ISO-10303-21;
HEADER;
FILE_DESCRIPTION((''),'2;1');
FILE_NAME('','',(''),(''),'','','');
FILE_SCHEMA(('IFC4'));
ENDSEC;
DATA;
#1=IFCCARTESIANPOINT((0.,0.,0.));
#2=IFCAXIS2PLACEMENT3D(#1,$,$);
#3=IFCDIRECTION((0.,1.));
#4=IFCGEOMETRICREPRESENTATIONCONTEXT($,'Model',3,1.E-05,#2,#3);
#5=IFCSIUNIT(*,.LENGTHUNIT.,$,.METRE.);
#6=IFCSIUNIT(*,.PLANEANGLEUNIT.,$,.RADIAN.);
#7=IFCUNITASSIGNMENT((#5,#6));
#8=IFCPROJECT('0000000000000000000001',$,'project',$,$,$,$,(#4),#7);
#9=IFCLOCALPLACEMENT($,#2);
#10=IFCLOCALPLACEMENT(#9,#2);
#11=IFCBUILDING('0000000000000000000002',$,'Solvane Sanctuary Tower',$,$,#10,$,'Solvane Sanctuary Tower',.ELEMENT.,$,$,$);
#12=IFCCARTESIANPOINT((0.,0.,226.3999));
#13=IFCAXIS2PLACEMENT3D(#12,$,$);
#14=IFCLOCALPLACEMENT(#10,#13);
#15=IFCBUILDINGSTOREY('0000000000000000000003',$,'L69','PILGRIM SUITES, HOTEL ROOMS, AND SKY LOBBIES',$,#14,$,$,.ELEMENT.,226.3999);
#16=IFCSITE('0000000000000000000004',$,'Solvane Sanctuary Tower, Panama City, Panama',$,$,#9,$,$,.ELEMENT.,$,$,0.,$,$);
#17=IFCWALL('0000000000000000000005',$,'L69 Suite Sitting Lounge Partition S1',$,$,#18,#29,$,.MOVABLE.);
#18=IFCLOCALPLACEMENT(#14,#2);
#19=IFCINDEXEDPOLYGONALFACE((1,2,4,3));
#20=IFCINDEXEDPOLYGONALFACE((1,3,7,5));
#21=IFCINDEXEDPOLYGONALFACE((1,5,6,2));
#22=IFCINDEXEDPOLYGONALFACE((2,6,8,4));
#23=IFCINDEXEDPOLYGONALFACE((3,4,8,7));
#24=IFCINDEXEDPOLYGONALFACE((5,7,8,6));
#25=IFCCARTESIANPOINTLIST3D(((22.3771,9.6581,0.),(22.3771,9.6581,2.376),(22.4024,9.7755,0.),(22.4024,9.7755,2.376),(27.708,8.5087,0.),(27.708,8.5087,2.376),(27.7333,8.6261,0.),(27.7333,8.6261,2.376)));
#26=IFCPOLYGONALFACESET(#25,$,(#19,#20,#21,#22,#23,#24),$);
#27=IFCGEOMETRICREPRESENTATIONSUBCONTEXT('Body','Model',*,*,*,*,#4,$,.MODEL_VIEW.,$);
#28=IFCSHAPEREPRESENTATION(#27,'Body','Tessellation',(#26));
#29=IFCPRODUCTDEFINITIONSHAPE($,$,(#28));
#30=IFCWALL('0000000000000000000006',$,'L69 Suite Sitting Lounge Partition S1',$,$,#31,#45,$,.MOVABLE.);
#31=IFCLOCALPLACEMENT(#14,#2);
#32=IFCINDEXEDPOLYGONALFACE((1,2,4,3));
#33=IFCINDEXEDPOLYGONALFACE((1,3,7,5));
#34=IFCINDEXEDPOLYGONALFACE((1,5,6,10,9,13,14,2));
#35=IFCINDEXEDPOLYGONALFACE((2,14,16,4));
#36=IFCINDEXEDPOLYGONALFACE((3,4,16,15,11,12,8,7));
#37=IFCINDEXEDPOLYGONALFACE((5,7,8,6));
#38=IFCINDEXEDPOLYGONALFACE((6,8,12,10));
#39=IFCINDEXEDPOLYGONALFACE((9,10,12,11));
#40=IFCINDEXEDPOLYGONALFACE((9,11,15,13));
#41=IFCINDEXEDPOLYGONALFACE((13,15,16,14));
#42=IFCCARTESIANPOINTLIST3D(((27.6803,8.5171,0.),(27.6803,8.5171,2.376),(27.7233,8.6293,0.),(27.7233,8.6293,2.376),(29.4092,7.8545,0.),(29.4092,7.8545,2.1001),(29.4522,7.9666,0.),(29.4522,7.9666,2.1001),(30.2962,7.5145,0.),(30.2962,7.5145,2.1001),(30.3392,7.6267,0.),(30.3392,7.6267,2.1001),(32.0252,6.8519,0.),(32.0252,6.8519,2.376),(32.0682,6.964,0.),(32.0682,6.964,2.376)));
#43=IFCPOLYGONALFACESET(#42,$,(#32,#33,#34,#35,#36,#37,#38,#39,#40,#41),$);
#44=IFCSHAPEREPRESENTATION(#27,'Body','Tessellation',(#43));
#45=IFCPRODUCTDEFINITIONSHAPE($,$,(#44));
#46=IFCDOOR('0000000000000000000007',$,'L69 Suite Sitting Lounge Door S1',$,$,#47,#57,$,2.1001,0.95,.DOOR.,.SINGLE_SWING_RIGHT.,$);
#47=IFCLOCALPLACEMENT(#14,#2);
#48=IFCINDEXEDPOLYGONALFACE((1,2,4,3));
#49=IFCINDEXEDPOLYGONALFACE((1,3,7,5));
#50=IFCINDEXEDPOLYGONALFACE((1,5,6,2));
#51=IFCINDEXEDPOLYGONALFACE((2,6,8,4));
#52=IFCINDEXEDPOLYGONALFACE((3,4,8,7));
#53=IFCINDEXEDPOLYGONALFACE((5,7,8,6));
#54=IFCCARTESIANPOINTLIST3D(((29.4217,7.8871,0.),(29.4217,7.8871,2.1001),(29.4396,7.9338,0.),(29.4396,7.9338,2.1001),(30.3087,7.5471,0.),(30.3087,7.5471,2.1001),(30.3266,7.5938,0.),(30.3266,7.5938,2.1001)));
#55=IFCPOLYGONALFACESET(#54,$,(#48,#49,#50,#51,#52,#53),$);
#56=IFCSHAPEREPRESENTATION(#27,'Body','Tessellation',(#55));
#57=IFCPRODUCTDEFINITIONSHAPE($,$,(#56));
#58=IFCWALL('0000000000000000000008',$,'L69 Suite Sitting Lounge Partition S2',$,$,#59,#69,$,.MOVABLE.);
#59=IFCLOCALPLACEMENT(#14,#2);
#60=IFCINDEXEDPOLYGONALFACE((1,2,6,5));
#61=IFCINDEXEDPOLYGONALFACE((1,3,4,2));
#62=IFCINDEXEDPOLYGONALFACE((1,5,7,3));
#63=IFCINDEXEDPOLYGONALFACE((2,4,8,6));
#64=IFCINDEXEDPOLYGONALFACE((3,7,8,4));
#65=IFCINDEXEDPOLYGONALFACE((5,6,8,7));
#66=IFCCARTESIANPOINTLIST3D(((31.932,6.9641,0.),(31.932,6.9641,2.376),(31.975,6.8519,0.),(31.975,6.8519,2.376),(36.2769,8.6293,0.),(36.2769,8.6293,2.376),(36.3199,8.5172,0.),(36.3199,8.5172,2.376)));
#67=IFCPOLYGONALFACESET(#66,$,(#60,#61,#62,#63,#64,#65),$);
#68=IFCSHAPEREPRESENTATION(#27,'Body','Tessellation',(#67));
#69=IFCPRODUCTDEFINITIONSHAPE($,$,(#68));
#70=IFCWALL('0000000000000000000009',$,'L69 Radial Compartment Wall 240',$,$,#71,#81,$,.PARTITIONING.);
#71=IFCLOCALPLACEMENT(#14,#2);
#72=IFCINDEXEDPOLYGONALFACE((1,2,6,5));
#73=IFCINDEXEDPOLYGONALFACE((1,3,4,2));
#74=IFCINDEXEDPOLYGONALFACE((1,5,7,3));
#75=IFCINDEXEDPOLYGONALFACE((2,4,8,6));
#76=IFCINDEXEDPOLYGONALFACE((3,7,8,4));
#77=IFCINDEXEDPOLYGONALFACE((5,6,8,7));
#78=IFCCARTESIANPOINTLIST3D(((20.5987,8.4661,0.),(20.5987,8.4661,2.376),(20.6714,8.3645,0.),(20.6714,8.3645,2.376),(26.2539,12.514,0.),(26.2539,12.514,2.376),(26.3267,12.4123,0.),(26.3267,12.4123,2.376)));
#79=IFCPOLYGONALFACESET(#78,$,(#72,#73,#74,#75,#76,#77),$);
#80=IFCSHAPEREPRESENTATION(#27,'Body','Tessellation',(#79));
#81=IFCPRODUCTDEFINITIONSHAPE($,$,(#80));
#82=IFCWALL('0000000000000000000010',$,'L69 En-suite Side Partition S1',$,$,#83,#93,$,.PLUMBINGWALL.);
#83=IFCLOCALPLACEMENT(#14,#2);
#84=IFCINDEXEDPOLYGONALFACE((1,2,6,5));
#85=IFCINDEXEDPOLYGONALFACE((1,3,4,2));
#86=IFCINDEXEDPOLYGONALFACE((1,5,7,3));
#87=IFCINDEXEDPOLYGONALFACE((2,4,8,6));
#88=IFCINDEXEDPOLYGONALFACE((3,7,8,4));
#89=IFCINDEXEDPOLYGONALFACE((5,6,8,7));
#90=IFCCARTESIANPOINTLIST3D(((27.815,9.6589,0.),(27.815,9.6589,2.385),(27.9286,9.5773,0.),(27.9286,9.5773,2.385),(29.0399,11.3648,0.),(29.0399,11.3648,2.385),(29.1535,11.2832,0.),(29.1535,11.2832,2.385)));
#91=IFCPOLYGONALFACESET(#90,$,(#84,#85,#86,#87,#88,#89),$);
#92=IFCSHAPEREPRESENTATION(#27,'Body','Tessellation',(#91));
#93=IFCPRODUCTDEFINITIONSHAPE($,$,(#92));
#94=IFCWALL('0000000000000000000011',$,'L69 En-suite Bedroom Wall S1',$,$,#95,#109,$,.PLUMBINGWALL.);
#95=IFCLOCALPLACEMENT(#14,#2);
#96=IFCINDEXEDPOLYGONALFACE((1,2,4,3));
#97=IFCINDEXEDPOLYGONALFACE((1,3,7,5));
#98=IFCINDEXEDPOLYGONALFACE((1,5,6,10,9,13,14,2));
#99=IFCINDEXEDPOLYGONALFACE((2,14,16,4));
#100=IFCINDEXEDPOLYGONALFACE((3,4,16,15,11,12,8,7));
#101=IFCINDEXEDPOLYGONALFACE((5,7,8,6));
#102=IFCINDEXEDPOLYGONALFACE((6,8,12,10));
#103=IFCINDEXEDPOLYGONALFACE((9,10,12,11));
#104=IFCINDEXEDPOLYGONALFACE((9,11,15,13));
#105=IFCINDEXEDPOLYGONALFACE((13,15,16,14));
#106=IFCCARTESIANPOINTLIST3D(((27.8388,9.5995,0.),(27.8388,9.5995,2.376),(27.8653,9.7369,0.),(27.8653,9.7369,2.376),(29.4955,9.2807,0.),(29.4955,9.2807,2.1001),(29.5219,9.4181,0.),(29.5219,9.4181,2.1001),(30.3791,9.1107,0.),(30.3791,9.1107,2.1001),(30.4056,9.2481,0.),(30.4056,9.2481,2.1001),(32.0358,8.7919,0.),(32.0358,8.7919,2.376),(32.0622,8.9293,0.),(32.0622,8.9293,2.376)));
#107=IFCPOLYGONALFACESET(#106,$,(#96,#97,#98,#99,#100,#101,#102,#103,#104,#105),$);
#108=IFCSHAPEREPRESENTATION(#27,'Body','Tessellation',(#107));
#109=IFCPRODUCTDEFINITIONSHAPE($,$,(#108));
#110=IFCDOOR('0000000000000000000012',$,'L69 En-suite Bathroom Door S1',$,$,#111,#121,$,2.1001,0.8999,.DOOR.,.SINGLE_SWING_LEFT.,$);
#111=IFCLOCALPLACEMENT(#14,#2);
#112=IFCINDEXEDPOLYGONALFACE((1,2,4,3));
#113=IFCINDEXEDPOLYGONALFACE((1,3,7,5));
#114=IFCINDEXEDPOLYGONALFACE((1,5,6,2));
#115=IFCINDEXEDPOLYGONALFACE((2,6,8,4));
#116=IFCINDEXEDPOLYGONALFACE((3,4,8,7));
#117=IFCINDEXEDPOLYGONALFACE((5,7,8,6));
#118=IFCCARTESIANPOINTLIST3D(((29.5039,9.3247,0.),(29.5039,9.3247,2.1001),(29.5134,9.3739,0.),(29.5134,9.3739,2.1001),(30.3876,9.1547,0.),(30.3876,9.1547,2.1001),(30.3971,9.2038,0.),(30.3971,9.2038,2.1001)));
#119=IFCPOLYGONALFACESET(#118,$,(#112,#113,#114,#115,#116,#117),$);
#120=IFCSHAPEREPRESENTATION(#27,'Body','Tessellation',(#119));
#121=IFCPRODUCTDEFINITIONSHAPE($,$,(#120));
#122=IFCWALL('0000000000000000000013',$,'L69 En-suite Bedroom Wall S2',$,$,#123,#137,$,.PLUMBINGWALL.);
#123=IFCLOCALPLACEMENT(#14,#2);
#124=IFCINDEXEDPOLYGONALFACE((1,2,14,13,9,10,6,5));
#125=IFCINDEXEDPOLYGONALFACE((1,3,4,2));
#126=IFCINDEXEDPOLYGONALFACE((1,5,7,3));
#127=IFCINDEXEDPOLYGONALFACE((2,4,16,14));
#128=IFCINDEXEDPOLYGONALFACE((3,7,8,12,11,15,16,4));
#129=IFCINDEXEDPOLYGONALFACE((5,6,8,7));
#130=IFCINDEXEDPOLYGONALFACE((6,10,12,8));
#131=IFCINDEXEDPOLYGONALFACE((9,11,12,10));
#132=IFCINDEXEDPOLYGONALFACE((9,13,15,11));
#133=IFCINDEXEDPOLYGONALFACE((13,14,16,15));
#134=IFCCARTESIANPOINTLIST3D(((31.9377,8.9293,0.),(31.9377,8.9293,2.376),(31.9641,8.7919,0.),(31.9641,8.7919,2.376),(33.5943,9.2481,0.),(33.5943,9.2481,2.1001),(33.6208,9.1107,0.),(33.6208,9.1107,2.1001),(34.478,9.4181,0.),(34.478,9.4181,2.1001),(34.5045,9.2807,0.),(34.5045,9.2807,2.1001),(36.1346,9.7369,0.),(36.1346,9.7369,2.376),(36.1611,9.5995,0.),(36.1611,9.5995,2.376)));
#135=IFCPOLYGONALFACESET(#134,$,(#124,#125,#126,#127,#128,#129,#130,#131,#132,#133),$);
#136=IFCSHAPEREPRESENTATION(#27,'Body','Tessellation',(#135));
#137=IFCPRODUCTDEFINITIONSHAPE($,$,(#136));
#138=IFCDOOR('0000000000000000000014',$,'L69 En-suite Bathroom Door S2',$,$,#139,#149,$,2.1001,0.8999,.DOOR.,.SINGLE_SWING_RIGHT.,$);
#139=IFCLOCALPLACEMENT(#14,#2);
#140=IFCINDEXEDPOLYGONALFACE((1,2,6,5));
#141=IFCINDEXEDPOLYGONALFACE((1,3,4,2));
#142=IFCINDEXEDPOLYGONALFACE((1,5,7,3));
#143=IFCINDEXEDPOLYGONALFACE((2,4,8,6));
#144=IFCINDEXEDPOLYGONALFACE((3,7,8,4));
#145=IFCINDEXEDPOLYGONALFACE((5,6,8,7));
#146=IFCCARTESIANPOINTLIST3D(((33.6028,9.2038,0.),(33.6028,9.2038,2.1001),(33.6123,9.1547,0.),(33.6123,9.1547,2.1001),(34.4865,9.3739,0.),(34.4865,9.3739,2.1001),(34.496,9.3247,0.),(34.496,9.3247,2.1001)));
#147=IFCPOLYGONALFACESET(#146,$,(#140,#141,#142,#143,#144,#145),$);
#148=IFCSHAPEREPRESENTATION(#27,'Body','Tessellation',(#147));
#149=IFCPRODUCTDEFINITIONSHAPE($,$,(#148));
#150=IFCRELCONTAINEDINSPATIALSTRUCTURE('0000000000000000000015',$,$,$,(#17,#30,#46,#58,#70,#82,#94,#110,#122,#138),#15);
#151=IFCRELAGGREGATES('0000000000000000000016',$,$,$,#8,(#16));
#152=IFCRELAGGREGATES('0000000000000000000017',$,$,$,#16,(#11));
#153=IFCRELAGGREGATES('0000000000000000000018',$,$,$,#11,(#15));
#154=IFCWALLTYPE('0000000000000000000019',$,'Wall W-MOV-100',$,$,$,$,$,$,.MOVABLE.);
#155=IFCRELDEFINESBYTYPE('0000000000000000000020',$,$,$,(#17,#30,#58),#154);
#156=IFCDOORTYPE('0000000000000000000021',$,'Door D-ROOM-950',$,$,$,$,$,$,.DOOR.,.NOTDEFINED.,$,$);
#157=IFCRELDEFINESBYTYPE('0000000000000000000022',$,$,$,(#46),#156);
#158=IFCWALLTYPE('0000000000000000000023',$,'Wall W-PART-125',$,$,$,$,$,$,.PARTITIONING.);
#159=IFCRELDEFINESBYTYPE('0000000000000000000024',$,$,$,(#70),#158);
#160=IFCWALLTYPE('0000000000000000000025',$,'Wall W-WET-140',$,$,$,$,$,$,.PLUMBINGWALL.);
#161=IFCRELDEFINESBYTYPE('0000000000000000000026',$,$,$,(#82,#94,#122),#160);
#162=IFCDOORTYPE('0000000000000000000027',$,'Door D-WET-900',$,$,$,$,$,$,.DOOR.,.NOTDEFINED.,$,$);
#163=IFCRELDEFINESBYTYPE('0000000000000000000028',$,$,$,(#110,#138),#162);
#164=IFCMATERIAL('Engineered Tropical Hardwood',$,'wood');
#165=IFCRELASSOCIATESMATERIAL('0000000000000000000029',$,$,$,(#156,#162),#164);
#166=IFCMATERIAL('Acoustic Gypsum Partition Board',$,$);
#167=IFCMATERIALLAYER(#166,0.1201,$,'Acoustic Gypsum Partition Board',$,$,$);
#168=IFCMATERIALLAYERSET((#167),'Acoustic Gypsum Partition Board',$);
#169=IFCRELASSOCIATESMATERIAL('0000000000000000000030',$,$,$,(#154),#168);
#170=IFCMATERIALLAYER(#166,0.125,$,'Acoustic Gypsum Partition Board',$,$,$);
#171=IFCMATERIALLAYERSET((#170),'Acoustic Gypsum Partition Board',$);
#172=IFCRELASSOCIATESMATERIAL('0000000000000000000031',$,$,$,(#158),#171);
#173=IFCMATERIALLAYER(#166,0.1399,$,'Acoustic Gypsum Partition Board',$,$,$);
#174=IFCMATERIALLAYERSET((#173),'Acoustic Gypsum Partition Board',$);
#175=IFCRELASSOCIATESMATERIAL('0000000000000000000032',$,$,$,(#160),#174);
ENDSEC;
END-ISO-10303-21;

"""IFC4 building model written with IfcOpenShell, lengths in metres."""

from ifc_helpers import new_model, si_unit, direction, frame, frame_2d, origin, place, context, subcontext, project, spatial, rectangle, extrude, material, layer, layer_set, type_object, element, fill, save


model = new_model("IFC4")

# Units and contexts
model_context = context("Model", 3, precision=1e-05, world=origin(), true_north=direction((0.0, 1.0)))
body_context = subcontext(model_context, "Body", "Model", "MODEL_VIEW")
ifc_project = project(units=[si_unit("LENGTHUNIT", "METRE"), si_unit("PLANEANGLEUNIT", "RADIAN")], contexts=[model_context])

# Site, building, storey
site_placement = place(None, origin())
site = spatial("IfcSite", under=ifc_project, at=site_placement, Name="Solvane Sanctuary Tower, Panama City, Panama", CompositionType="ELEMENT", RefElevation=0.0)
building_placement = place(site_placement, origin())
building = spatial("IfcBuilding", under=site, at=building_placement, Name="Solvane Sanctuary Tower", LongName="Solvane Sanctuary Tower", CompositionType="ELEMENT")
storey_placement = place(building_placement, frame((0.0, 0.0, 226.3999)))
storey = spatial("IfcBuildingStorey", under=building, at=storey_placement, Name="L69", Description="PILGRIM SUITES, HOTEL ROOMS, AND SKY LOBBIES", CompositionType="ELEMENT", Elevation=226.3999)

# Shared definitions
ifc_material_1 = material(Name="Acoustic Gypsum Partition Board")

# Shared definitions
ifc_material_2 = material(Name="Engineered Tropical Hardwood", Category="wood")
door_type_1 = type_object("IfcDoorType", Name="Door D-ROOM-950", OperationType="NOTDEFINED", PredefinedType="DOOR", material=ifc_material_2)

# Wall
ifc_layer_1 = layer(ifc_material_1, 0.1201, Name="Acoustic Gypsum Partition Board")
ifc_layer_set_1 = layer_set([ifc_layer_1], Name="Acoustic Gypsum Partition Board")
wall_type_1 = type_object("IfcWallType", Name="Wall W-MOV-100", PredefinedType="MOVABLE", material=ifc_layer_set_1)
wall_1_placement = place(storey_placement, frame((22.3899, 9.7168, 0.0), z_axis=(0.0, 0.0, 1.0), x_axis=(0.977535, -0.210773, 0.0)))
element("IfcWall", 1, at=wall_1_placement, inside=storey, type_object=wall_type_1, Name="L69 Suite Sitting Lounge Partition S1", PredefinedType="MOVABLE", context=body_context, shape_type="SweptSolid", body=[
    extrude(rectangle(XDim=5.4534, YDim=0.1201, at=frame_2d((2.7266, 0.0))), origin(), (0.0, 0.0, 1.0), 2.376),
])

# Wall, opening, door
wall_2_placement = place(storey_placement, frame((27.7017, 8.5732, 0.0), z_axis=(0.0, 0.0, 1.0), x_axis=(0.933767, -0.357882, 0.0)))
wall_2 = element("IfcWall", 2, at=wall_2_placement, inside=storey, type_object=wall_type_1, Name="L69 Suite Sitting Lounge Partition S1", PredefinedType="MOVABLE", context=body_context, shape_type="SweptSolid", body=[
    extrude(rectangle(XDim=4.6531, YDim=0.1201, at=frame_2d((2.3267, 0.0))), origin(), (0.0, 0.0, 1.0), 2.376),
])
opening_1_placement = place(wall_2_placement, frame((1.8516, 0.0, 0.0)))
opening_1 = element("IfcOpeningElement", 3, at=opening_1_placement, cuts=wall_2, PredefinedType="OPENING", context=body_context, shape_type="SweptSolid", body=[
    extrude(rectangle(XDim=0.95, YDim=2.1001, at=frame_2d((0.4751, 1.05))), frame((0.0, 0.0701, 0.0), z_axis=(0.0, -1.0, 0.0), x_axis=(1.0, 0.0, 0.0)), (0.0, 0.0, 1.0), 0.1401),
])
door_1_placement = place(opening_1_placement, origin())
door_1 = element("IfcDoor", 4, at=door_1_placement, inside=storey, type_object=door_type_1, Name="L69 Suite Sitting Lounge Door S1", OperationType="SINGLE_SWING_RIGHT", OverallHeight=2.1001, OverallWidth=0.95, PredefinedType="DOOR", context=body_context, shape_type="SweptSolid", body=[
    extrude(rectangle(XDim=0.95, YDim=2.1001, at=frame_2d((0.4751, 1.05))), frame((0.0, 0.0249, 0.0), z_axis=(0.0, -1.0, 0.0), x_axis=(1.0, 0.0, 0.0)), (0.0, 0.0, 1.0), 0.05),
])
fill(opening_1, door_1)

# Walls
wall_3_placement = place(storey_placement, frame((31.9534, 6.908, 0.0), z_axis=(0.0, 0.0, 1.0), x_axis=(0.933767, 0.357882, 0.0)))
element("IfcWall", 5, at=wall_3_placement, inside=storey, type_object=wall_type_1, Name="L69 Suite Sitting Lounge Partition S2", PredefinedType="MOVABLE", context=body_context, shape_type="SweptSolid", body=[
    extrude(rectangle(XDim=4.6531, YDim=0.1201, at=frame_2d((2.3267, 0.0))), origin(), (0.0, 0.0, 1.0), 2.376),
])
ifc_layer_2 = layer(ifc_material_1, 0.125, Name="Acoustic Gypsum Partition Board")
ifc_layer_set_2 = layer_set([ifc_layer_2], Name="Acoustic Gypsum Partition Board")
wall_type_2 = type_object("IfcWallType", Name="Wall W-PART-125", PredefinedType="PARTITIONING", material=ifc_layer_set_2)
wall_4_placement = place(storey_placement, frame((26.2903, 12.4631, 0.0), z_axis=(0.0, 0.0, 1.0), x_axis=(-0.813164, -0.582035, 0.0)))
element("IfcWall", 6, at=wall_4_placement, inside=storey, type_object=wall_type_2, Name="L69 Radial Compartment Wall 240", PredefinedType="PARTITIONING", context=body_context, shape_type="SweptSolid", body=[
    extrude(rectangle(XDim=6.9546, YDim=0.125, at=frame_2d((3.4773, 0.0))), origin(), (0.0, 0.0, 1.0), 2.376),
])
ifc_layer_3 = layer(ifc_material_1, 0.1399, Name="Acoustic Gypsum Partition Board")
ifc_layer_set_3 = layer_set([ifc_layer_3], Name="Acoustic Gypsum Partition Board")
wall_type_3 = type_object("IfcWallType", Name="Wall W-WET-140", PredefinedType="PLUMBINGWALL", material=ifc_layer_set_3)
wall_5_placement = place(storey_placement, frame((29.0967, 11.324, 0.0), z_axis=(0.0, 0.0, 1.0), x_axis=(-0.58326, -0.812286, 0.0)))
element("IfcWall", 7, at=wall_5_placement, inside=storey, type_object=wall_type_3, Name="L69 En-suite Side Partition S1", PredefinedType="PLUMBINGWALL", context=body_context, shape_type="SweptSolid", body=[
    extrude(rectangle(XDim=2.1001, YDim=0.1399, at=frame_2d((1.05, 0.0))), origin(), (0.0, 0.0, 1.0), 2.385),
])

# Walls, openings, doors
wall_6_placement = place(storey_placement, frame((27.8521, 9.6682, 0.0), z_axis=(0.0, 0.0, 1.0), x_axis=(0.981985, -0.18896, 0.0)))
wall_6 = element("IfcWall", 8, at=wall_6_placement, inside=storey, type_object=wall_type_3, Name="L69 En-suite Bedroom Wall S1", PredefinedType="PLUMBINGWALL", context=body_context, shape_type="SweptSolid", body=[
    extrude(rectangle(XDim=4.2739, YDim=0.1399, at=frame_2d((2.137, 0.0))), origin(), (0.0, 0.0, 1.0), 2.376),
])
opening_2_placement = place(wall_6_placement, frame((1.687, 0.0, 0.0)))
opening_2 = element("IfcOpeningElement", 9, at=opening_2_placement, cuts=wall_6, PredefinedType="OPENING", context=body_context, shape_type="SweptSolid", body=[
    extrude(rectangle(XDim=0.8999, YDim=2.1001, at=frame_2d((0.45, 1.05))), frame((0.0, 0.0798, 0.0), z_axis=(0.0, -1.0, 0.0), x_axis=(1.0, 0.0, 0.0)), (0.0, 0.0, 1.0), 0.1599),
])
door_type_2 = type_object("IfcDoorType", Name="Door D-WET-900", OperationType="NOTDEFINED", PredefinedType="DOOR", material=ifc_material_2)
door_2_placement = place(opening_2_placement, origin())
door_2 = element("IfcDoor", 10, at=door_2_placement, inside=storey, type_object=door_type_2, Name="L69 En-suite Bathroom Door S1", OperationType="SINGLE_SWING_LEFT", OverallHeight=2.1001, OverallWidth=0.8999, PredefinedType="DOOR", context=body_context, shape_type="SweptSolid", body=[
    extrude(rectangle(XDim=0.8999, YDim=2.1001, at=frame_2d((0.45, 1.05))), frame((0.0, 0.0249, 0.0), z_axis=(0.0, -1.0, 0.0), x_axis=(1.0, 0.0, 0.0)), (0.0, 0.0, 1.0), 0.05),
])
fill(opening_2, door_2)
wall_7_placement = place(storey_placement, frame((31.9509, 8.8606, 0.0), z_axis=(0.0, 0.0, 1.0), x_axis=(0.981985, 0.18896, 0.0)))
wall_7 = element("IfcWall", 11, at=wall_7_placement, inside=storey, type_object=wall_type_3, Name="L69 En-suite Bedroom Wall S2", PredefinedType="PLUMBINGWALL", context=body_context, shape_type="SweptSolid", body=[
    extrude(rectangle(XDim=4.2739, YDim=0.1399, at=frame_2d((2.137, 0.0))), origin(), (0.0, 0.0, 1.0), 2.376),
])
opening_3_placement = place(wall_7_placement, frame((1.687, 0.0, 0.0)))
opening_3 = element("IfcOpeningElement", 12, at=opening_3_placement, cuts=wall_7, PredefinedType="OPENING", context=body_context, shape_type="SweptSolid", body=[
    extrude(rectangle(XDim=0.8999, YDim=2.1001, at=frame_2d((0.45, 1.05))), frame((0.0, 0.0798, 0.0), z_axis=(0.0, -1.0, 0.0), x_axis=(1.0, 0.0, 0.0)), (0.0, 0.0, 1.0), 0.1599),
])
door_3_placement = place(opening_3_placement, origin())
door_3 = element("IfcDoor", 13, at=door_3_placement, inside=storey, type_object=door_type_2, Name="L69 En-suite Bathroom Door S2", OperationType="SINGLE_SWING_RIGHT", OverallHeight=2.1001, OverallWidth=0.8999, PredefinedType="DOOR", context=body_context, shape_type="SweptSolid", body=[
    extrude(rectangle(XDim=0.8999, YDim=2.1001, at=frame_2d((0.45, 1.05))), frame((0.0, 0.0249, 0.0), z_axis=(0.0, -1.0, 0.0), x_axis=(1.0, 0.0, 0.0)), (0.0, 0.0, 1.0), 0.05),
])
fill(opening_3, door_3)

save(model, "model.ifc")
